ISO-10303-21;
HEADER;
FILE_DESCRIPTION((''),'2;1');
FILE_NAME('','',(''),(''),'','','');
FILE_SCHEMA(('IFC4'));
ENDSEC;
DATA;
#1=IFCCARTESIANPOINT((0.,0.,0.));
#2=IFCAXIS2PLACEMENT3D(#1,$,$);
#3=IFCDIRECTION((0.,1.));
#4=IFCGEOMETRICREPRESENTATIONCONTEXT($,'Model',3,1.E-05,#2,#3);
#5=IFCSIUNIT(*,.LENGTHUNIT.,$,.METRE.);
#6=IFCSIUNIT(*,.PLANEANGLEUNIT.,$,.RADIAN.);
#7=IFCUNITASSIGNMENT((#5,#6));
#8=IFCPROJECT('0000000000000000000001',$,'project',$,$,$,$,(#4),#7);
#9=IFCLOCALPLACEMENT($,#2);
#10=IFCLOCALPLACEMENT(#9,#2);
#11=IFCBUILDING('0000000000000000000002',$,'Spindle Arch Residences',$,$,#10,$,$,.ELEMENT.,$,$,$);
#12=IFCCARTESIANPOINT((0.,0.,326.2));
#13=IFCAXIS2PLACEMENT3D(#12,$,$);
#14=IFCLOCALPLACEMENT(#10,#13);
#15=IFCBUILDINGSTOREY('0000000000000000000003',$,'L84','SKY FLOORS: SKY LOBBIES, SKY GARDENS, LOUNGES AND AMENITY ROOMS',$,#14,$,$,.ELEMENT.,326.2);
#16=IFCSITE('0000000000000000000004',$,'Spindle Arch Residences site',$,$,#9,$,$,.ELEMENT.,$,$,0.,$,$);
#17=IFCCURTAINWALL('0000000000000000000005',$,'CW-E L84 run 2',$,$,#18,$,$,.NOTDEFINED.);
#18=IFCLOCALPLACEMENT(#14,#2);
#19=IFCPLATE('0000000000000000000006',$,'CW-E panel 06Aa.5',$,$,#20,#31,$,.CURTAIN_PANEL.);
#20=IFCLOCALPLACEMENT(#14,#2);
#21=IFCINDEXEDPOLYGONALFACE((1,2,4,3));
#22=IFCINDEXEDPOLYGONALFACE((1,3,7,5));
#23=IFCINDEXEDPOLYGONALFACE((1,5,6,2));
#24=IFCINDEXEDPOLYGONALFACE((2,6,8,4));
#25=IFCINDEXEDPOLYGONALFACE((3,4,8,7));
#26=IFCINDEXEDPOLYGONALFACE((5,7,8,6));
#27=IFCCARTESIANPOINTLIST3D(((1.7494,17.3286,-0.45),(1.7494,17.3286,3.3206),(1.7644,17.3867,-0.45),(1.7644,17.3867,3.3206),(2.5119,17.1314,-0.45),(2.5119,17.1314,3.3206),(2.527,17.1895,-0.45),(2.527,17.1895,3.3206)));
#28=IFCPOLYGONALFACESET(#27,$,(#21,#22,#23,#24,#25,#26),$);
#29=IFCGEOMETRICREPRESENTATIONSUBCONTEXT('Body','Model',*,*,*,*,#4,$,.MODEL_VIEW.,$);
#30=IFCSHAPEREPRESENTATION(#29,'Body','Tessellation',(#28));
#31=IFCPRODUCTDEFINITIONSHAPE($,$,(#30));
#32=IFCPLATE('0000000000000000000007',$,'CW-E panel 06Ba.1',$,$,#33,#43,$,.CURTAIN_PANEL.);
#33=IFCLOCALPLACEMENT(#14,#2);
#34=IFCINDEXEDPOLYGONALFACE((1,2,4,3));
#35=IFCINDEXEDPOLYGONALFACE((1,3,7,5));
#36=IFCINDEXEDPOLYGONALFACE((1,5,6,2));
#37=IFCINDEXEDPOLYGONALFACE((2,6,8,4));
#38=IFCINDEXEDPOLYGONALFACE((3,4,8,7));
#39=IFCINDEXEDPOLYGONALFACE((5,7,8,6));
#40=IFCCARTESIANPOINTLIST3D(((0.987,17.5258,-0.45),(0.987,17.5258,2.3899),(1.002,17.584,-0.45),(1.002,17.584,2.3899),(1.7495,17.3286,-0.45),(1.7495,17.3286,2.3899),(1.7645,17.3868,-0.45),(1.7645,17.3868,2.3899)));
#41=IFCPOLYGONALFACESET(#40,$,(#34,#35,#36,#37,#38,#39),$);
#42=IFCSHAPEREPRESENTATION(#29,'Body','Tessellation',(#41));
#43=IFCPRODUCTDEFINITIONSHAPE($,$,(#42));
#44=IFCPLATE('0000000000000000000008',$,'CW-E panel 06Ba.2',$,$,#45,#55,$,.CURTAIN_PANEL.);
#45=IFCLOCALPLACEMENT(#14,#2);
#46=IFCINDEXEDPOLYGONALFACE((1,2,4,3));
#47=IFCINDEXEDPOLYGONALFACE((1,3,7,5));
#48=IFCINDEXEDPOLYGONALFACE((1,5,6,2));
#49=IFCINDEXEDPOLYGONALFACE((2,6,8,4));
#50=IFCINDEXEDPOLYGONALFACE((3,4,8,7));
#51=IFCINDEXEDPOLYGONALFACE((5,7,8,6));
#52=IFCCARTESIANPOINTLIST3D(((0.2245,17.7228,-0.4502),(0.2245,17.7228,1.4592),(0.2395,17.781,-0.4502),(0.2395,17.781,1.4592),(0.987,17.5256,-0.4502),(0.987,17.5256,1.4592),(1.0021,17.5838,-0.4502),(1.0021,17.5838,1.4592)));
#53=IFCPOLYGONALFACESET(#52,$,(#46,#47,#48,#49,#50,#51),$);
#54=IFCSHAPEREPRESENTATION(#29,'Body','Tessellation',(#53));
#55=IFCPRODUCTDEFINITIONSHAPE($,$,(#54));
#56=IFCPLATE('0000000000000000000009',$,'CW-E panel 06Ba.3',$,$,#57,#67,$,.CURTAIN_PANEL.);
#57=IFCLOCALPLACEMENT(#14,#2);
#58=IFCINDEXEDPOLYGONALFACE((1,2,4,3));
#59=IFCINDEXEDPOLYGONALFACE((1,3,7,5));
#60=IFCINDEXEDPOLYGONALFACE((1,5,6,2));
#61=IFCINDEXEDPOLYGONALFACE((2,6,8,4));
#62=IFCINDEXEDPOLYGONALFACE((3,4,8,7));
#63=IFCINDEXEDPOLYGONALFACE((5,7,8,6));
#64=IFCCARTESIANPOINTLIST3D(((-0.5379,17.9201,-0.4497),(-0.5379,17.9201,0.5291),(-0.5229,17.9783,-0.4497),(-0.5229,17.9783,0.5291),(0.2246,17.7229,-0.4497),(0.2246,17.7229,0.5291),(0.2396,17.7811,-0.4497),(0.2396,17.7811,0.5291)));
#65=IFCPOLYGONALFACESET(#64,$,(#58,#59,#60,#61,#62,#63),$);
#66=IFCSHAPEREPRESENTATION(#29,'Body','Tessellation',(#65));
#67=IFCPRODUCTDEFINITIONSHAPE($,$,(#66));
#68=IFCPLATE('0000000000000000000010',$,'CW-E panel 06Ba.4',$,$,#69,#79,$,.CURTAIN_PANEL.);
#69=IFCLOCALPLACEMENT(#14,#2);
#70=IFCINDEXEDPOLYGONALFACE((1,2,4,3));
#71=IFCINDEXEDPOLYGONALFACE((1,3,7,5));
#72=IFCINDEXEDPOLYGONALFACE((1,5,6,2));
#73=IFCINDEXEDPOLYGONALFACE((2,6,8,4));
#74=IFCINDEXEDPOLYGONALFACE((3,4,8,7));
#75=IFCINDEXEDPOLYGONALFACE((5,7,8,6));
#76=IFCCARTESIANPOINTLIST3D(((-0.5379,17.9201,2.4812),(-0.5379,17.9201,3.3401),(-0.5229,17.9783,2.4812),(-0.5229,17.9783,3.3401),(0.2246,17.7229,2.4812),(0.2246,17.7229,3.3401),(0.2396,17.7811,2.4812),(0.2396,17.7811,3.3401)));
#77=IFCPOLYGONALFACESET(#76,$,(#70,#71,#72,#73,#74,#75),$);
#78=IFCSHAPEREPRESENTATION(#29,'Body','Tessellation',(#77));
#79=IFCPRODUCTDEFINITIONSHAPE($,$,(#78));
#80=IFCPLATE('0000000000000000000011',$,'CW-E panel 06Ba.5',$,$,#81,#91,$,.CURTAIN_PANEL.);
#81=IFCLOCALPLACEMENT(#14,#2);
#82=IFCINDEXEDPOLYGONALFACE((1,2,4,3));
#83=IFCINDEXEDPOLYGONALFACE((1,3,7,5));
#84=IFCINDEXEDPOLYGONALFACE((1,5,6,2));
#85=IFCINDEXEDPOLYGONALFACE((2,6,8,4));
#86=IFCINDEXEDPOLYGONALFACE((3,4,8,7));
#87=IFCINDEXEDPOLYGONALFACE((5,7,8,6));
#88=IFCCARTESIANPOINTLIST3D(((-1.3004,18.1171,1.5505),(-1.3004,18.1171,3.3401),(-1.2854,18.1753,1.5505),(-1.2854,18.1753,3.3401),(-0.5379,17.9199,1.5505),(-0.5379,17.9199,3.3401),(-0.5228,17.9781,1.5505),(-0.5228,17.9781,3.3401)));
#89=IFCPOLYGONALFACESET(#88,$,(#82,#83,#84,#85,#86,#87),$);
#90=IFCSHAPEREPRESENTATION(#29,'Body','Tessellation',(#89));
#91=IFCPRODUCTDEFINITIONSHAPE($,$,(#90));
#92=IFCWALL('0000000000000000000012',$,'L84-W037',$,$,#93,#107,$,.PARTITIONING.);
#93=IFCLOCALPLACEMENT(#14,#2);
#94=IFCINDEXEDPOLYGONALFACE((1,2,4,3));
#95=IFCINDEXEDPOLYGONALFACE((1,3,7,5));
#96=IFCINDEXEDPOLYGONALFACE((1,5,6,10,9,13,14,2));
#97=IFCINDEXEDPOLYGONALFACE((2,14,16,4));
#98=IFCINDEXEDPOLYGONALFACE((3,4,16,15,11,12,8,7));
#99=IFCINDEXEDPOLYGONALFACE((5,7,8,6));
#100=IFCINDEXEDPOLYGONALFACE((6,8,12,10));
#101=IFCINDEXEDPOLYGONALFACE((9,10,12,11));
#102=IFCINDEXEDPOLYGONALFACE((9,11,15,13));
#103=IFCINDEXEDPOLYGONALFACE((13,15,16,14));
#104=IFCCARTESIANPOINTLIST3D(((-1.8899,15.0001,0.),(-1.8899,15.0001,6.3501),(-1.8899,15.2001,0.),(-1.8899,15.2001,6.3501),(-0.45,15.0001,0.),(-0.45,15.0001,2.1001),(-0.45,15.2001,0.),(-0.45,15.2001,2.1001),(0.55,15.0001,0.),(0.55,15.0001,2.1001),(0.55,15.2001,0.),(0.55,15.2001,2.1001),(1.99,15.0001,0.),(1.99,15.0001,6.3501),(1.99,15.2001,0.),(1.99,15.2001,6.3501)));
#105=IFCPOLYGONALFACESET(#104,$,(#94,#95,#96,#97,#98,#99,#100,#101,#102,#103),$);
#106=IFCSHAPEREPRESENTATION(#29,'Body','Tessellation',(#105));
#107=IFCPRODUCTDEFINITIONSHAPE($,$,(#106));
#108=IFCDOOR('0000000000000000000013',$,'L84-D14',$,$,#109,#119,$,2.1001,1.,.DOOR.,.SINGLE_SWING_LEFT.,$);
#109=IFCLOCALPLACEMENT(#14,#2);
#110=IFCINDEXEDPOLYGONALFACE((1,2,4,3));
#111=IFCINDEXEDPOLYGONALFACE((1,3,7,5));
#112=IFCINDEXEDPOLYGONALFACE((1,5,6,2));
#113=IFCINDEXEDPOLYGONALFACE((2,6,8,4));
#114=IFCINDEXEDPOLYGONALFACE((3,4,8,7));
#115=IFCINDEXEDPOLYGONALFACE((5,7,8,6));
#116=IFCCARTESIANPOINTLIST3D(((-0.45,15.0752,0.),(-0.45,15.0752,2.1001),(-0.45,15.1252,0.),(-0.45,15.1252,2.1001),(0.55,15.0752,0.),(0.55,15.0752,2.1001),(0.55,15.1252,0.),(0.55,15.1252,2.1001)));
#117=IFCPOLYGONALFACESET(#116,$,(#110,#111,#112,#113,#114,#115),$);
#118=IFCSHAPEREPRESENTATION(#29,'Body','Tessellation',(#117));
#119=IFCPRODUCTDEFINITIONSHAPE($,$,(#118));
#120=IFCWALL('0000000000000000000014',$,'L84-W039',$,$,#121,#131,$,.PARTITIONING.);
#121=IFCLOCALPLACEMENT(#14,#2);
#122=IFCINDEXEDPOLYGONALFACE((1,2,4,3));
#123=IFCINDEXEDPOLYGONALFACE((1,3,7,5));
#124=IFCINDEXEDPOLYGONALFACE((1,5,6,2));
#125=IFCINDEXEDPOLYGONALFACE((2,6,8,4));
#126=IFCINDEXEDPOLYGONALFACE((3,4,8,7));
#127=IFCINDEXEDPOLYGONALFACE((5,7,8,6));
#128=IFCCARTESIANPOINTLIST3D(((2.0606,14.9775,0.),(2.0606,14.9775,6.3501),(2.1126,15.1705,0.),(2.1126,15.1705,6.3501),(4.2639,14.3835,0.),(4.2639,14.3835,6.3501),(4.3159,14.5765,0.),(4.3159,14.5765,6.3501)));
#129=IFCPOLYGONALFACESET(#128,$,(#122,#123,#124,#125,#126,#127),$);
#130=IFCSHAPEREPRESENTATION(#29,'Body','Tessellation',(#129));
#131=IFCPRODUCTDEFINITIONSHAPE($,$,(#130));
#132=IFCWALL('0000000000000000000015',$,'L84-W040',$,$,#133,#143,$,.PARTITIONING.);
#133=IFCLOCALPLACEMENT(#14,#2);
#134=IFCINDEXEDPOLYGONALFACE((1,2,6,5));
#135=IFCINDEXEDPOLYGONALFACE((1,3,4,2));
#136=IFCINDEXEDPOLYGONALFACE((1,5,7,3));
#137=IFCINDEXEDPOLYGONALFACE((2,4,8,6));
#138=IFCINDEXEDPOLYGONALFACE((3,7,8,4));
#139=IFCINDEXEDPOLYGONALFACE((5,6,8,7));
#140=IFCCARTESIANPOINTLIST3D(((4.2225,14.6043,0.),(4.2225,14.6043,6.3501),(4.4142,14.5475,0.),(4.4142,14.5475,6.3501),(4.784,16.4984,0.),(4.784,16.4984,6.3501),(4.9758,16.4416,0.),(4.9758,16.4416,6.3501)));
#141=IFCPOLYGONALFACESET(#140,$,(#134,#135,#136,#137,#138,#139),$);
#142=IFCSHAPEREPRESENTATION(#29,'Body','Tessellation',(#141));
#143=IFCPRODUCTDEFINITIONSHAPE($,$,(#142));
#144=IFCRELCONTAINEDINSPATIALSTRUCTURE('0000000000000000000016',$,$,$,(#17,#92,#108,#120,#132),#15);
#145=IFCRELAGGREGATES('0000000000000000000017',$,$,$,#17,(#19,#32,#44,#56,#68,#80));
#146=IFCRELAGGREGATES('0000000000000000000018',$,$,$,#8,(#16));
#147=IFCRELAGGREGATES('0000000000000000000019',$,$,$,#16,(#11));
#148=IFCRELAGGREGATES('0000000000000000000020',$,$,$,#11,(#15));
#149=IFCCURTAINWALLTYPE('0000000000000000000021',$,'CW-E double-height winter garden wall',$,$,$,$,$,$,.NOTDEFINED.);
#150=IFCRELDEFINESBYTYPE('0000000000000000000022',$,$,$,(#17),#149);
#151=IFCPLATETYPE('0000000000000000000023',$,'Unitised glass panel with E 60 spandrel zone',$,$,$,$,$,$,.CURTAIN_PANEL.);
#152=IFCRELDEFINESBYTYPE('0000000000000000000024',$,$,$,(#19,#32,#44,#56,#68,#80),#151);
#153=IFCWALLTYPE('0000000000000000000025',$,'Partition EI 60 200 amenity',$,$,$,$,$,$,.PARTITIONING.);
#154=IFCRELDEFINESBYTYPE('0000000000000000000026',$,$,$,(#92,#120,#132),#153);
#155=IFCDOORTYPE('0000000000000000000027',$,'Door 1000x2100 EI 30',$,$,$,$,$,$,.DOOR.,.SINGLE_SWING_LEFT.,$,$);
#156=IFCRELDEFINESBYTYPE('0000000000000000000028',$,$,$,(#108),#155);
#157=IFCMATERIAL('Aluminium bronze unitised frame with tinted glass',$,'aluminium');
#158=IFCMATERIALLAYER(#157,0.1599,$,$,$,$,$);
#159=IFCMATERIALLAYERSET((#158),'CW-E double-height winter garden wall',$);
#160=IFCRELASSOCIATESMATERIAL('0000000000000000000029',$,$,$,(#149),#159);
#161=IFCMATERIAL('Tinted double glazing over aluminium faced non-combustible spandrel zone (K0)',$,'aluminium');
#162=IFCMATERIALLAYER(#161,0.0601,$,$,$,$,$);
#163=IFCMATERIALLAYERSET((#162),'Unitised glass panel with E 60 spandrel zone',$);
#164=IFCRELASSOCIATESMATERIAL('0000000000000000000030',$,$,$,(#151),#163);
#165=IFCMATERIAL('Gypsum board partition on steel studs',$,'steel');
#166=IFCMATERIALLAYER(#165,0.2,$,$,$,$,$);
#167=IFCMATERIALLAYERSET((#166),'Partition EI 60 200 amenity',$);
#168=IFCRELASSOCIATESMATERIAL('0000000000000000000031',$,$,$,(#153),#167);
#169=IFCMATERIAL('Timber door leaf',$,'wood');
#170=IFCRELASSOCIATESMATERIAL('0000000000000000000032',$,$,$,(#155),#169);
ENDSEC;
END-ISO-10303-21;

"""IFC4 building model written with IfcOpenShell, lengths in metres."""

from ifc_helpers import new_model, si_unit, direction, frame, frame_2d, origin, origin_2d, place, context, subcontext, project, spatial, rectangle, extrude, material, layer, layer_set, type_object, element, fill, aggregate, save


model = new_model("IFC4")

# Units and contexts
model_context = context("Model", 3, precision=1e-05, world=origin(), true_north=direction((0.0, 1.0)))
body_context = subcontext(model_context, "Body", "Model", "MODEL_VIEW")
ifc_project = project(units=[si_unit("LENGTHUNIT", "METRE"), si_unit("PLANEANGLEUNIT", "RADIAN")], contexts=[model_context])

# Site, building, storey
site_placement = place(None, origin())
site = spatial("IfcSite", under=ifc_project, at=site_placement, Name="Spindle Arch Residences site", CompositionType="ELEMENT", RefElevation=0.0)
building_placement = place(site_placement, origin())
building = spatial("IfcBuilding", under=site, at=building_placement, Name="Spindle Arch Residences", CompositionType="ELEMENT")
storey_placement = place(building_placement, frame((0.0, 0.0, 326.2)))
storey = spatial("IfcBuildingStorey", under=building, at=storey_placement, Name="L84", Description="SKY FLOORS: SKY LOBBIES, SKY GARDENS, LOUNGES AND AMENITY ROOMS", CompositionType="ELEMENT", Elevation=326.2)

# Curtain wall, plates
ifc_material_1 = material(Name="Aluminium bronze unitised frame with tinted glass", Category="aluminium")
ifc_layer_1 = layer(ifc_material_1, 0.1599)
ifc_layer_set_1 = layer_set([ifc_layer_1], Name="CW-E double-height winter garden wall")
curtain_wall_type = type_object("IfcCurtainWallType", Name="CW-E double-height winter garden wall", PredefinedType="NOTDEFINED", material=ifc_layer_set_1)
curtain_wall_placement = place(storey_placement, origin())
curtain_wall = element("IfcCurtainWall", 1, at=curtain_wall_placement, inside=storey, type_object=curtain_wall_type, Name="CW-E L84 run 2", PredefinedType="NOTDEFINED")
ifc_material_2 = material(Name="Tinted double glazing over aluminium faced non-combustible spandrel zone (K0)", Category="aluminium")
ifc_layer_2 = layer(ifc_material_2, 0.0601)
ifc_layer_set_2 = layer_set([ifc_layer_2], Name="Unitised glass panel with E 60 spandrel zone")
plate_type_1 = type_object("IfcPlateType", Name="Unitised glass panel with E 60 spandrel zone", PredefinedType="CURTAIN_PANEL", material=ifc_layer_set_2)
plate_1_placement = place(storey_placement, frame((2.1382, 17.259, -0.45), z_axis=(0.0, 0.0, 1.0), x_axis=(-0.968148, 0.25038, 0.0)))
plate_1 = element("IfcPlate", 2, at=plate_1_placement, type_object=plate_type_1, Name="CW-E panel 06Aa.5", PredefinedType="CURTAIN_PANEL", context=body_context, shape_type="SweptSolid", body=[
    extrude(rectangle(XDim=0.7876, YDim=0.0601, at=origin_2d()), origin(), (0.0, 0.0, 1.0), 3.7705),
])
plate_2_placement = place(storey_placement, frame((1.3757, 17.4563, -0.45), z_axis=(0.0, 0.0, 1.0), x_axis=(-0.968148, 0.25038, 0.0)))
plate_2 = element("IfcPlate", 3, at=plate_2_placement, type_object=plate_type_1, Name="CW-E panel 06Ba.1", PredefinedType="CURTAIN_PANEL", context=body_context, shape_type="SweptSolid", body=[
    extrude(rectangle(XDim=0.7876, YDim=0.0601, at=origin_2d()), origin(), (0.0, 0.0, 1.0), 2.8398),
])
plate_3_placement = place(storey_placement, frame((0.6133, 17.6533, -0.4502), z_axis=(0.0, 0.0, 1.0), x_axis=(-0.968148, 0.25038, 0.0)))
plate_3 = element("IfcPlate", 4, at=plate_3_placement, type_object=plate_type_1, Name="CW-E panel 06Ba.2", PredefinedType="CURTAIN_PANEL", context=body_context, shape_type="SweptSolid", body=[
    extrude(rectangle(XDim=0.7876, YDim=0.0601, at=origin_2d()), origin(), (0.0, 0.0, 1.0), 1.9094),
])
plate_4_placement = place(storey_placement, frame((-0.1492, 17.8506, -0.4497), z_axis=(0.0, 0.0, 1.0), x_axis=(-0.968148, 0.25038, 0.0)))
plate_4 = element("IfcPlate", 5, at=plate_4_placement, type_object=plate_type_1, Name="CW-E panel 06Ba.3", PredefinedType="CURTAIN_PANEL", context=body_context, shape_type="SweptSolid", body=[
    extrude(rectangle(XDim=0.7876, YDim=0.0601, at=origin_2d()), origin(), (0.0, 0.0, 1.0), 0.9788),
])
plate_5_placement = place(storey_placement, frame((-0.1492, 17.8506, 2.4812), z_axis=(0.0, 0.0, 1.0), x_axis=(-0.968148, 0.25038, 0.0)))
plate_5 = element("IfcPlate", 6, at=plate_5_placement, type_object=plate_type_1, Name="CW-E panel 06Ba.4", PredefinedType="CURTAIN_PANEL", context=body_context, shape_type="SweptSolid", body=[
    extrude(rectangle(XDim=0.7876, YDim=0.0601, at=origin_2d()), origin(), (0.0, 0.0, 1.0), 0.8589),
])
plate_6_placement = place(storey_placement, frame((-0.9116, 18.0476, 1.5505), z_axis=(0.0, 0.0, 1.0), x_axis=(-0.968148, 0.25038, 0.0)))
plate_6 = element("IfcPlate", 7, at=plate_6_placement, type_object=plate_type_1, Name="CW-E panel 06Ba.5", PredefinedType="CURTAIN_PANEL", context=body_context, shape_type="SweptSolid", body=[
    extrude(rectangle(XDim=0.7876, YDim=0.0601, at=origin_2d()), origin(), (0.0, 0.0, 1.0), 1.7896),
])
aggregate(curtain_wall, [plate_1, plate_2, plate_3, plate_4, plate_5, plate_6])

# Wall, opening, door
ifc_material_3 = material(Name="Gypsum board partition on steel studs", Category="steel")
ifc_layer_3 = layer(ifc_material_3, 0.2)
ifc_layer_set_3 = layer_set([ifc_layer_3], Name="Partition EI 60 200 amenity")
wall_type = type_object("IfcWallType", Name="Partition EI 60 200 amenity", PredefinedType="PARTITIONING", material=ifc_layer_set_3)
wall_1_placement = place(storey_placement, frame((1.99, 15.1001, 0.0), z_axis=(0.0, 0.0, 1.0), x_axis=(-1.0, 0.0, 0.0)))
wall_1 = element("IfcWall", 8, at=wall_1_placement, inside=storey, type_object=wall_type, Name="L84-W037", PredefinedType="PARTITIONING", context=body_context, shape_type="SweptSolid", body=[
    extrude(rectangle(XDim=3.8799, YDim=0.2, at=frame_2d((1.9399, 0.0))), origin(), (0.0, 0.0, 1.0), 6.3501),
])
opening_placement = place(wall_1_placement, frame((1.4399, 0.0, 0.0)))
opening = element("IfcOpeningElement", 9, at=opening_placement, cuts=wall_1, PredefinedType="OPENING", context=body_context, shape_type="SweptSolid", body=[
    extrude(rectangle(XDim=1.0, YDim=2.1001, at=frame_2d((0.5, 1.05))), frame((0.0, 0.1099, 0.0), z_axis=(0.0, -1.0, 0.0), x_axis=(1.0, 0.0, 0.0)), (0.0, 0.0, 1.0), 0.22),
])
ifc_material_4 = material(Name="Timber door leaf", Category="wood")
door_type = type_object("IfcDoorType", Name="Door 1000x2100 EI 30", OperationType="SINGLE_SWING_LEFT", PredefinedType="DOOR", material=ifc_material_4)
door_placement = place(opening_placement, origin())
door = element("IfcDoor", 10, at=door_placement, inside=storey, type_object=door_type, Name="L84-D14", OperationType="SINGLE_SWING_LEFT", OverallHeight=2.1001, OverallWidth=1.0, PredefinedType="DOOR", context=body_context, shape_type="SweptSolid", body=[
    extrude(rectangle(XDim=1.0, YDim=2.1001, at=frame_2d((0.5, 1.05))), frame((0.0, 0.0249, 0.0), z_axis=(0.0, -1.0, 0.0), x_axis=(1.0, 0.0, 0.0)), (0.0, 0.0, 1.0), 0.05),
])
fill(opening, door)

# Walls
wall_2_placement = place(storey_placement, frame((4.29, 14.48, 0.0), z_axis=(0.0, 0.0, 1.0), x_axis=(-0.96553, 0.260292, 0.0)))
element("IfcWall", 11, at=wall_2_placement, inside=storey, type_object=wall_type, Name="L84-W039", PredefinedType="PARTITIONING", context=body_context, shape_type="SweptSolid", body=[
    extrude(rectangle(XDim=2.282, YDim=0.2, at=frame_2d((1.1411, 0.0))), origin(), (0.0, 0.0, 1.0), 6.3501),
])
wall_3_placement = place(storey_placement, frame((4.3184, 14.5759, 0.0), z_axis=(0.0, 0.0, 1.0), x_axis=(0.28424, 0.958753, 0.0)))
element("IfcWall", 12, at=wall_3_placement, inside=storey, type_object=wall_type, Name="L84-W040", PredefinedType="PARTITIONING", context=body_context, shape_type="SweptSolid", body=[
    extrude(rectangle(XDim=1.9756, YDim=0.2, at=frame_2d((0.9878, 0.0))), origin(), (0.0, 0.0, 1.0), 6.3501),
])

save(model, "model.ifc")
